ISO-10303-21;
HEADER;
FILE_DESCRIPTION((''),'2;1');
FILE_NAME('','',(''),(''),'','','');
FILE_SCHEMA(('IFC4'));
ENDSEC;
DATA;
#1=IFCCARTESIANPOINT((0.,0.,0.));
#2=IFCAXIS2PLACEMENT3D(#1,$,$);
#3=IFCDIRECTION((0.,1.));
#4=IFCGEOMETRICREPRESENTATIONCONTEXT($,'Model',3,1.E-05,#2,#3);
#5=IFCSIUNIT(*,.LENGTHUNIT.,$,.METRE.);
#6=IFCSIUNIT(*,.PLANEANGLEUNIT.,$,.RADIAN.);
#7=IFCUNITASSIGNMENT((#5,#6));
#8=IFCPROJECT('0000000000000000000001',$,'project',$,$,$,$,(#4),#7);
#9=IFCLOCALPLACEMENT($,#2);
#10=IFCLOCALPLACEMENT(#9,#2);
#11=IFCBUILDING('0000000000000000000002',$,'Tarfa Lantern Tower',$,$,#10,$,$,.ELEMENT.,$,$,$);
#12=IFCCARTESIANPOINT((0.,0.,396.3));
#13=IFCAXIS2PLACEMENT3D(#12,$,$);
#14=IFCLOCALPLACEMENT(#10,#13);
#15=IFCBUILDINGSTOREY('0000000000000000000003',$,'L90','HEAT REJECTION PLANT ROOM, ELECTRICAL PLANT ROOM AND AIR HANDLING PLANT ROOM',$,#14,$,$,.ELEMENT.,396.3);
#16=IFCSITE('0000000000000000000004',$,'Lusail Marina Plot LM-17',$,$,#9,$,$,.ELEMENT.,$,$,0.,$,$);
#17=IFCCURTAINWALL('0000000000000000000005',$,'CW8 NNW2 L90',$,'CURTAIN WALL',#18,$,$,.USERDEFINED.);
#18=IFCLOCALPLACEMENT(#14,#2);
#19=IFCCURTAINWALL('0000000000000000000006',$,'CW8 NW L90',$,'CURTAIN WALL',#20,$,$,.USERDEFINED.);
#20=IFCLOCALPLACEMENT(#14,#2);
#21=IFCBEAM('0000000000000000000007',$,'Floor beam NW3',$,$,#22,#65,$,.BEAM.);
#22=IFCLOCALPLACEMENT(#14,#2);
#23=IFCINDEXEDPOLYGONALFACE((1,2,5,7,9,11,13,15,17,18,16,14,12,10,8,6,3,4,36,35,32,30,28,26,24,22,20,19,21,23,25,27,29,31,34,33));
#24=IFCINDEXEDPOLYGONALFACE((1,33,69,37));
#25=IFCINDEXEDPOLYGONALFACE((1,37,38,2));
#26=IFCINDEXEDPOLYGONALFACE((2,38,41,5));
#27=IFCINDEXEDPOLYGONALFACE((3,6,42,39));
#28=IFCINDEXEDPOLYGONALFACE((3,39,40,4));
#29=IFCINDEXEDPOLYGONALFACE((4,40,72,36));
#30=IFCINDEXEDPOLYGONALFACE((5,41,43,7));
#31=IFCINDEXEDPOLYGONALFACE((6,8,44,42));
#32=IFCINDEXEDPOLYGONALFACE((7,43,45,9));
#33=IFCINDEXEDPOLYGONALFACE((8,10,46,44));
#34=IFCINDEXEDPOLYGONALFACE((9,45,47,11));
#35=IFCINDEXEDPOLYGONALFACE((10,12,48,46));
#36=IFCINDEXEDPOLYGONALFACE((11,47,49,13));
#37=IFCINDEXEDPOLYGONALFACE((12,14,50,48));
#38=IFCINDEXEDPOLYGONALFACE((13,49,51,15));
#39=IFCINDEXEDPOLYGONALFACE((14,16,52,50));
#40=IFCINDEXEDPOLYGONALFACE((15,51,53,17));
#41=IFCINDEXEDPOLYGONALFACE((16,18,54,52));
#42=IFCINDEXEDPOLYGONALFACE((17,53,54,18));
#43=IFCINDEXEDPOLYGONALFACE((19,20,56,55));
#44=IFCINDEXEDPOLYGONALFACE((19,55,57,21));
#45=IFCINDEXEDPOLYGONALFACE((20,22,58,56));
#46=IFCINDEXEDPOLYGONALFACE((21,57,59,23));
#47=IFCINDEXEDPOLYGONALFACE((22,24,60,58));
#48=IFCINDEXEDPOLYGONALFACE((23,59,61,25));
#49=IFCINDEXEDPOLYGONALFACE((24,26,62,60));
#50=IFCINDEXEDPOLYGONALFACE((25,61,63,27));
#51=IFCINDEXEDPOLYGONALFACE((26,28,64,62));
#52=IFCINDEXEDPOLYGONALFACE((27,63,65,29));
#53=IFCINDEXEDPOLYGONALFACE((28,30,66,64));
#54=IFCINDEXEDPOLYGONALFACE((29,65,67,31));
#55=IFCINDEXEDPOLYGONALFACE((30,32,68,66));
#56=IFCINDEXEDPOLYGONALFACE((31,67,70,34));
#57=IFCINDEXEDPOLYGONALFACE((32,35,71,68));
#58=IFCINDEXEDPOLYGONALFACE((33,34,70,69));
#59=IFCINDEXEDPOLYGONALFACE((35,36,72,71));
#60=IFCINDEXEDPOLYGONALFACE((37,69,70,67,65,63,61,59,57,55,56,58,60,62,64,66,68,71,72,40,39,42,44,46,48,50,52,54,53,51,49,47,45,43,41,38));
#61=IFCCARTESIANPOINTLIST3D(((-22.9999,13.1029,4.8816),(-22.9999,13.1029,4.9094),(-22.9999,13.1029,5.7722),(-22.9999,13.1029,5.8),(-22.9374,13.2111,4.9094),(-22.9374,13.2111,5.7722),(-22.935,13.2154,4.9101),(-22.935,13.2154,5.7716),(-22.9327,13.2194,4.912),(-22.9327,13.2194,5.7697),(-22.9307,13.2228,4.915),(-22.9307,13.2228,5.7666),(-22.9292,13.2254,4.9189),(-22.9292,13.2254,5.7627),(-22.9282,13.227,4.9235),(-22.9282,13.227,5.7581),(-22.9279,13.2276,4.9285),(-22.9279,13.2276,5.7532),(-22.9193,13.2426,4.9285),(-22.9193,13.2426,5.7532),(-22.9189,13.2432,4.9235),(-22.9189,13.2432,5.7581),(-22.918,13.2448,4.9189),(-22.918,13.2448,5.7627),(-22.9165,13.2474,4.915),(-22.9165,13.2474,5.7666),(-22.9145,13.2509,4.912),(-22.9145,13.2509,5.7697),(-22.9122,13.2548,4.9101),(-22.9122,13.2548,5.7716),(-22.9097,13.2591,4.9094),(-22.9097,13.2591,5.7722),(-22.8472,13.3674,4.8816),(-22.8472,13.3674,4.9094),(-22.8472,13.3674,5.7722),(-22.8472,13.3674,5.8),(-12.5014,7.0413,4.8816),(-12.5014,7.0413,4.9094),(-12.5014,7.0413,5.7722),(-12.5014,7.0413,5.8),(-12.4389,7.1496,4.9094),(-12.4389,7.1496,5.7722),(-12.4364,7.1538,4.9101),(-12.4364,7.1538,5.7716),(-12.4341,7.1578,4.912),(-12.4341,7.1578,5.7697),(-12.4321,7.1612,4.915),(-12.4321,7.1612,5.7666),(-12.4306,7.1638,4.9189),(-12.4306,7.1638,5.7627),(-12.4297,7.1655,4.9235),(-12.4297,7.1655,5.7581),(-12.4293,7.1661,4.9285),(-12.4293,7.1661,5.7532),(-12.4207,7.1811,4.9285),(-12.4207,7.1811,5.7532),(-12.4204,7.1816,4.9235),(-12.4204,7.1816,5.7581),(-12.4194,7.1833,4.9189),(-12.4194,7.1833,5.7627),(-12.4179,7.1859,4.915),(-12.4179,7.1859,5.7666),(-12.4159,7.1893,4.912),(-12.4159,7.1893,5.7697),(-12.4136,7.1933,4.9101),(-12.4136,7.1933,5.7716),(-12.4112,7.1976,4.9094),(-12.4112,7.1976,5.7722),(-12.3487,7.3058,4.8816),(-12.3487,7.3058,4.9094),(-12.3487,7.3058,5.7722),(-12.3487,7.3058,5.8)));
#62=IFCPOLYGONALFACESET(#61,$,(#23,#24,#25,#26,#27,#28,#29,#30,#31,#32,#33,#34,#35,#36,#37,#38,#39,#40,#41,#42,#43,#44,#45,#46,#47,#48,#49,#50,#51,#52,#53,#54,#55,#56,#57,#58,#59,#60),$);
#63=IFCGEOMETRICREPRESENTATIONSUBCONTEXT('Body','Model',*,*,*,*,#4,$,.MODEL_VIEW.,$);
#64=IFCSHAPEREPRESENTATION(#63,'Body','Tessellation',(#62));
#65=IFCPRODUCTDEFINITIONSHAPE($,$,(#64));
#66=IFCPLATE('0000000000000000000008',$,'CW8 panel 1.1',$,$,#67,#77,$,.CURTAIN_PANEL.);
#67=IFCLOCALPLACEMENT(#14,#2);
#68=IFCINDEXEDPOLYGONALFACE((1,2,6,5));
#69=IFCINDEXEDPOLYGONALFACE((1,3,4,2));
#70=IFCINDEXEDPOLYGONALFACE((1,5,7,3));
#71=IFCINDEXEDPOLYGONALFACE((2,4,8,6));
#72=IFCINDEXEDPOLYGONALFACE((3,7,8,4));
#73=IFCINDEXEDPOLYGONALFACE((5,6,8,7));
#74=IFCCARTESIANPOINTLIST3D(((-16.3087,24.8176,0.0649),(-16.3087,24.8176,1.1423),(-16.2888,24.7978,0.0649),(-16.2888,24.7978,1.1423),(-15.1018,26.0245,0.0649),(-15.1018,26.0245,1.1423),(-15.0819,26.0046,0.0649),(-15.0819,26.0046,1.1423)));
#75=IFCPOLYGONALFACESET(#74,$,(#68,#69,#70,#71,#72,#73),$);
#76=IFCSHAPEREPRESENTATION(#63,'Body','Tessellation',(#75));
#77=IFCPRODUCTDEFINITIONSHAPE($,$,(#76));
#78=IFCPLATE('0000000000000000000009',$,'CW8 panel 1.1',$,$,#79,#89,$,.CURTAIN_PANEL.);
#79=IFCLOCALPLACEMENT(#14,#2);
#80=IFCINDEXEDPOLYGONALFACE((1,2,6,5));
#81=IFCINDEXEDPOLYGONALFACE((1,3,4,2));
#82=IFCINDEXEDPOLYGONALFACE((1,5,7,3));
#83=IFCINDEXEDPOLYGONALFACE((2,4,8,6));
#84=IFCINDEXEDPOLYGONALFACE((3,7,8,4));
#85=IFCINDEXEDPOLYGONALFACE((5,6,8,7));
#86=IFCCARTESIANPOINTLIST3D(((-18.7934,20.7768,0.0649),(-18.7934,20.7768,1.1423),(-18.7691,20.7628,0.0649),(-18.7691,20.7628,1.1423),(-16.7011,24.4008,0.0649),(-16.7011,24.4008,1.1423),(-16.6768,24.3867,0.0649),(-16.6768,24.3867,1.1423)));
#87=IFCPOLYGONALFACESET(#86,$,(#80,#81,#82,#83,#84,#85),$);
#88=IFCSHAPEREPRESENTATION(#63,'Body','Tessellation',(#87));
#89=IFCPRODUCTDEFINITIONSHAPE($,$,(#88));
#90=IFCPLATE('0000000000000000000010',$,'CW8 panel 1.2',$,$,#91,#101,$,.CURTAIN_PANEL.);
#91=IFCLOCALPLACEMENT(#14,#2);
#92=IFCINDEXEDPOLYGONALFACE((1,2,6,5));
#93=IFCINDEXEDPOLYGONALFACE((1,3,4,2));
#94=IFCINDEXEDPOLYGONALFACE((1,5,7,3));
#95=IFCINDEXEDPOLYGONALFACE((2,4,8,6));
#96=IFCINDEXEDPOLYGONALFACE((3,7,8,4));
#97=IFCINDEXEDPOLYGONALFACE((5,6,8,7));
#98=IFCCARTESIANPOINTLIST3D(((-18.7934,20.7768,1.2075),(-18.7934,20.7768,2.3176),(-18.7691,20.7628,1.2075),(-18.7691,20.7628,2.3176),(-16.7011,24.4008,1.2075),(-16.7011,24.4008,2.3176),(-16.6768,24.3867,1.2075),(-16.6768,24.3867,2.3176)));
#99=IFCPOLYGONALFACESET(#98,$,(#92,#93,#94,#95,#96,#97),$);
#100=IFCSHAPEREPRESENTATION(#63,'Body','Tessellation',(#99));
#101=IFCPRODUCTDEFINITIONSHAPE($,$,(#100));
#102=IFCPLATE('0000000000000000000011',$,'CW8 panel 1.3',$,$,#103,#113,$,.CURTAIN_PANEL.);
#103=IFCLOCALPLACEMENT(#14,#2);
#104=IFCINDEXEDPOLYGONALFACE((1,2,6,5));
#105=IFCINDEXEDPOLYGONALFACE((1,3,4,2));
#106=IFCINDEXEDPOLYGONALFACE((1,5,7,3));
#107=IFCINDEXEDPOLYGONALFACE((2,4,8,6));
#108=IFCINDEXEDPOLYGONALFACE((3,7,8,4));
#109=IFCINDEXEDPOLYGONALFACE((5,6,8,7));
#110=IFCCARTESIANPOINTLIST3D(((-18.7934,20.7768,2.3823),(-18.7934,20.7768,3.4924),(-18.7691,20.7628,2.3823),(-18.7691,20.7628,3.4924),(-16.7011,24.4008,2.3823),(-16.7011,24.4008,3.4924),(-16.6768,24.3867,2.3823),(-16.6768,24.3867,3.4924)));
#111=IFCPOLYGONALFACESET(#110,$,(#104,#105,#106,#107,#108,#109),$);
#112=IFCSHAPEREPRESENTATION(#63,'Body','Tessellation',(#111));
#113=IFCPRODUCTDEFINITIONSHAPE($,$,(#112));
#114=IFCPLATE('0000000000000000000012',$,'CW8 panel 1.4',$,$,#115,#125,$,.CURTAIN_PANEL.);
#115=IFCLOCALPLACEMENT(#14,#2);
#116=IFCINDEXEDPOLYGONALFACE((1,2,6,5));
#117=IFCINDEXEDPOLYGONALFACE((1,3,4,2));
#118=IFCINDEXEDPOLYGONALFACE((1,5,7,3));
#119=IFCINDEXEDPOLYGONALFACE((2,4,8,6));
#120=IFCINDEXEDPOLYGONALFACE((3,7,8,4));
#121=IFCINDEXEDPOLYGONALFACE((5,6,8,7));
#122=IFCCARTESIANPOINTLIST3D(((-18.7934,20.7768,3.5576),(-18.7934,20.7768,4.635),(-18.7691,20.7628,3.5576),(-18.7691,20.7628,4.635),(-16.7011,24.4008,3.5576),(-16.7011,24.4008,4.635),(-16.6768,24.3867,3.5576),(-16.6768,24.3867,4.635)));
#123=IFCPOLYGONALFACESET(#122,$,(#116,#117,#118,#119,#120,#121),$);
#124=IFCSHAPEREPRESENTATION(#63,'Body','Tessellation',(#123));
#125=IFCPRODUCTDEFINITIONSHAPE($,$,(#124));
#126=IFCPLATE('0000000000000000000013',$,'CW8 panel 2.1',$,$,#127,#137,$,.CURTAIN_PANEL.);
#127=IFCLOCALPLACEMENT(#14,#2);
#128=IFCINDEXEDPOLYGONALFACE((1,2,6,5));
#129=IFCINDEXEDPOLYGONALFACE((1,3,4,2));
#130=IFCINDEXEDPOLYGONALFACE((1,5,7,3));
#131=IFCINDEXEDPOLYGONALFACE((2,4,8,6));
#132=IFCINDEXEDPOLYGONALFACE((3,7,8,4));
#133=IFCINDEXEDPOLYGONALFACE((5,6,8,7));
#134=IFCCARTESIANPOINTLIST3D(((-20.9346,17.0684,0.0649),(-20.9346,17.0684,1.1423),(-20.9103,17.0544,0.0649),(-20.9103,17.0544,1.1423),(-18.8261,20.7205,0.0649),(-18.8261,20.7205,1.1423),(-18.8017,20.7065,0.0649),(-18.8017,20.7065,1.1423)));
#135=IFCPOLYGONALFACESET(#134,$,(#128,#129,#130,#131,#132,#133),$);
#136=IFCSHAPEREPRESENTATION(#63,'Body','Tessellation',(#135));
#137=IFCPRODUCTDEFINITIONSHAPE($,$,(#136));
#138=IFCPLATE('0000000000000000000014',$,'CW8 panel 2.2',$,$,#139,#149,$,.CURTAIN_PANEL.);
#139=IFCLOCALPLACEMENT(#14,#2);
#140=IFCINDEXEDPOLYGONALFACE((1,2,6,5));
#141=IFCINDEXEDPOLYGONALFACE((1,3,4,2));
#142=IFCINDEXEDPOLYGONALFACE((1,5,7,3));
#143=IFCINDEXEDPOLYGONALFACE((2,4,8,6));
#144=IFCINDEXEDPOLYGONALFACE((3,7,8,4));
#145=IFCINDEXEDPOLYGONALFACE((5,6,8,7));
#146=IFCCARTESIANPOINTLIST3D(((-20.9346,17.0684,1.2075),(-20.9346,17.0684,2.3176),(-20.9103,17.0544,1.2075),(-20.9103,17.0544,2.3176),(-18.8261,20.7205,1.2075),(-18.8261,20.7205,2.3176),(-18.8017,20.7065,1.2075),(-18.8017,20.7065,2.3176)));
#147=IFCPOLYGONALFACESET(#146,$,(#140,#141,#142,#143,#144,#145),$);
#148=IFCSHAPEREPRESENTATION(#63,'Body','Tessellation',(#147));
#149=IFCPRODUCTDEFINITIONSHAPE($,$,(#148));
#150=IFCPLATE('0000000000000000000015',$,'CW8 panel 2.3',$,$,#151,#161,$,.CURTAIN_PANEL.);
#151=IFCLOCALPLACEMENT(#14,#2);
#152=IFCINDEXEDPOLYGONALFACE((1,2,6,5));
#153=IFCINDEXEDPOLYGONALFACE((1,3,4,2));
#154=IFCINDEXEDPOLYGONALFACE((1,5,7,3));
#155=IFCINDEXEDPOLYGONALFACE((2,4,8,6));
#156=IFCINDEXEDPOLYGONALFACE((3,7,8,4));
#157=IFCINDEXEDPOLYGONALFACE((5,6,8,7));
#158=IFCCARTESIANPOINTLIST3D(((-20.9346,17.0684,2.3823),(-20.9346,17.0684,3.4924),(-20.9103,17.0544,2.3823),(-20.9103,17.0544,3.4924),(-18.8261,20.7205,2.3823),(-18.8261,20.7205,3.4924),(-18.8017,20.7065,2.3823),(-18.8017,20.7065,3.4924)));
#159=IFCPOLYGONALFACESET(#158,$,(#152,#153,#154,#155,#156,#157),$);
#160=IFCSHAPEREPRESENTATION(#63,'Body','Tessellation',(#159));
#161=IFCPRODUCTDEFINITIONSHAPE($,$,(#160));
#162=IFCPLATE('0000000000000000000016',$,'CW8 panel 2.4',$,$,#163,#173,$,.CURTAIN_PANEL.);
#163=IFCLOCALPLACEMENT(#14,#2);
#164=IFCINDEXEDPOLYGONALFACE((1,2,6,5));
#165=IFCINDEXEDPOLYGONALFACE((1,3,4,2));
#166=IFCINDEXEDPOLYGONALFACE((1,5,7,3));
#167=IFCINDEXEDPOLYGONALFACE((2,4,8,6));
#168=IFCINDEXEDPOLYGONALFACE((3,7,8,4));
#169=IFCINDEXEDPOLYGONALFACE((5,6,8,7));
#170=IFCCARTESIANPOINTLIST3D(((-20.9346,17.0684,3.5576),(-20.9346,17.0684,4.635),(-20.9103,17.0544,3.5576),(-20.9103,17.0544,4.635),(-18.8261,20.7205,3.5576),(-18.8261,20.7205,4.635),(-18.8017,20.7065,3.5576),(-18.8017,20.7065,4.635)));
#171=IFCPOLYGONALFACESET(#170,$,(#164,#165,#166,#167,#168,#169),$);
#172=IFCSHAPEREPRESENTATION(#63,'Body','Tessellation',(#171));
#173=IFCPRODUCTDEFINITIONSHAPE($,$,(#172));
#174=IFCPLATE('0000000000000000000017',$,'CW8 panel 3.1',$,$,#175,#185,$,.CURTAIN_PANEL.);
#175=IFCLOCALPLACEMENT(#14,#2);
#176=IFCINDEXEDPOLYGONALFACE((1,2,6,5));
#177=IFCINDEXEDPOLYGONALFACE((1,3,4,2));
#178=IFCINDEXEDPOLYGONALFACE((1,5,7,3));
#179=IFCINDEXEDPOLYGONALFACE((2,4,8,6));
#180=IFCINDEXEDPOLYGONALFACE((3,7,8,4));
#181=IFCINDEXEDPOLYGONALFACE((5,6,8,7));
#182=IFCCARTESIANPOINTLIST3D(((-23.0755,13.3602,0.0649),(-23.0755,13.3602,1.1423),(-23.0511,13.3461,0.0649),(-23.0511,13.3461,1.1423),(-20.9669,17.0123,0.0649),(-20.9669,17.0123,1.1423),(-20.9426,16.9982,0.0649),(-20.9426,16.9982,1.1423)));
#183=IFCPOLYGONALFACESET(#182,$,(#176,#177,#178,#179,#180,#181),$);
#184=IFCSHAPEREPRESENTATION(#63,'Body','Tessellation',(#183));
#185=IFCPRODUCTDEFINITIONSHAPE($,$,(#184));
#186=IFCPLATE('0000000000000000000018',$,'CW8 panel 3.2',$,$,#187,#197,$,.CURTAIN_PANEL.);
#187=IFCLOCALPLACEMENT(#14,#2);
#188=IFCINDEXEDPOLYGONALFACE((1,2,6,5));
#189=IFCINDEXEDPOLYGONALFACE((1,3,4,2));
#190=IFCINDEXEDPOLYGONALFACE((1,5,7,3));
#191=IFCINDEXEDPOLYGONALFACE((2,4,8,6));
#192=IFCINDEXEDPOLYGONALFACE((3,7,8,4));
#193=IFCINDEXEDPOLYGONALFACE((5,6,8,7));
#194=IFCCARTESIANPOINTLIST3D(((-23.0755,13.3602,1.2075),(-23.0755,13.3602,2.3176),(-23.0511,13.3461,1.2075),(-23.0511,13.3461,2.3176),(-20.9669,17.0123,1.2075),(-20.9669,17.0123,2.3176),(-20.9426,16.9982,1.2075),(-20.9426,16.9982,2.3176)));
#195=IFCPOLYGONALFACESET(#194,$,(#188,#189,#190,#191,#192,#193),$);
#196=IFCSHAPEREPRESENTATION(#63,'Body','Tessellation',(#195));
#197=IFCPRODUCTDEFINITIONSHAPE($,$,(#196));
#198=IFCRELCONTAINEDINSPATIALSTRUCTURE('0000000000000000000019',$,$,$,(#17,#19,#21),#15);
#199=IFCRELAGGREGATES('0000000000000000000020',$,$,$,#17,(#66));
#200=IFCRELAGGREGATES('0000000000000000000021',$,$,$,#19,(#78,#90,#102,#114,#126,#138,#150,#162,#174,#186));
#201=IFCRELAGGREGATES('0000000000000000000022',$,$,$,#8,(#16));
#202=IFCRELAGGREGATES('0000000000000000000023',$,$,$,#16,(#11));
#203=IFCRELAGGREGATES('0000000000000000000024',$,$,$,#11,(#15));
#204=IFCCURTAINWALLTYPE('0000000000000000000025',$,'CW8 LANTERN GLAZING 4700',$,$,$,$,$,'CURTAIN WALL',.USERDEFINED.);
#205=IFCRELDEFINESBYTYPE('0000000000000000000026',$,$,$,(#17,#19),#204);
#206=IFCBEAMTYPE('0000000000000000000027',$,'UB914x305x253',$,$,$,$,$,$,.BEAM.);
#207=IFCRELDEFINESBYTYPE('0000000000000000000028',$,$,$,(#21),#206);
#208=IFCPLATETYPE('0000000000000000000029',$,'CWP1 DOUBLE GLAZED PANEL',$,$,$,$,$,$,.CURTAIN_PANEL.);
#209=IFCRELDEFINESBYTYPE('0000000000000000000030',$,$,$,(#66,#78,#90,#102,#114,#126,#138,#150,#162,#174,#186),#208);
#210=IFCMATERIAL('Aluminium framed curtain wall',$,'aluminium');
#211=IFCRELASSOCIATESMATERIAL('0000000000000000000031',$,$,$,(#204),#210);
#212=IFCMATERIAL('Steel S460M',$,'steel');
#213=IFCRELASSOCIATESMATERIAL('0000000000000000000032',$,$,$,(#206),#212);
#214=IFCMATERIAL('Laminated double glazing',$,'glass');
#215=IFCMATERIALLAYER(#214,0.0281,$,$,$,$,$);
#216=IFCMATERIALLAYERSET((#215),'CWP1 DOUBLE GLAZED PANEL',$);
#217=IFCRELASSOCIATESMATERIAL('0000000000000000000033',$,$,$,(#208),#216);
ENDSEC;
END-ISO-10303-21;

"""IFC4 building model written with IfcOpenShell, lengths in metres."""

from ifc_helpers import new_model, si_unit, direction, frame, origin, origin_2d, place, context, subcontext, project, spatial, rectangle, i_section, extrude, material, layer, layer_set, material_profile, profile_set, type_object, element, aggregate, save


model = new_model("IFC4")

# Units and contexts
model_context = context("Model", 3, precision=1e-05, world=origin(), true_north=direction((0.0, 1.0)))
body_context = subcontext(model_context, "Body", "Model", "MODEL_VIEW")
ifc_project = project(units=[si_unit("LENGTHUNIT", "METRE"), si_unit("PLANEANGLEUNIT", "RADIAN")], contexts=[model_context])

# Site, building, storey
site_placement = place(None, origin())
site = spatial("IfcSite", under=ifc_project, at=site_placement, Name="Lusail Marina Plot LM-17", CompositionType="ELEMENT", RefElevation=0.0)
building_placement = place(site_placement, origin())
building = spatial("IfcBuilding", under=site, at=building_placement, Name="Tarfa Lantern Tower", CompositionType="ELEMENT")
storey_placement = place(building_placement, frame((0.0, 0.0, 396.3)))
storey = spatial("IfcBuildingStorey", under=building, at=storey_placement, Name="L90", Description="HEAT REJECTION PLANT ROOM, ELECTRICAL PLANT ROOM AND AIR HANDLING PLANT ROOM", CompositionType="ELEMENT", Elevation=396.3)

# Curtain wall
ifc_material_1 = material(Name="Aluminium framed curtain wall", Category="aluminium")
curtain_wall_type = type_object("IfcCurtainWallType", Name="CW8 LANTERN GLAZING 4700", ElementType="CURTAIN WALL", PredefinedType="USERDEFINED", material=ifc_material_1)
curtain_wall_1_placement = place(storey_placement, origin())
curtain_wall_1 = element("IfcCurtainWall", 1, at=curtain_wall_1_placement, inside=storey, type_object=curtain_wall_type, Name="CW8 NNW2 L90", ObjectType="CURTAIN WALL", PredefinedType="USERDEFINED")

# Curtain wall
curtain_wall_2_placement = place(storey_placement, origin())
curtain_wall_2 = element("IfcCurtainWall", 2, at=curtain_wall_2_placement, inside=storey, type_object=curtain_wall_type, Name="CW8 NW L90", ObjectType="CURTAIN WALL", PredefinedType="USERDEFINED")

# Beam
ifc_material_2 = material(Name="Steel S460M", Category="steel")
ifc_material_profile_1 = material_profile(ifc_material_2, i_section(OverallWidth=0.3054, OverallDepth=0.9185, WebThickness=0.0173, FlangeThickness=0.0278, FilletRadius=0.019, at=origin_2d()), Name="UB914x305x253")
ifc_profile_set_1 = profile_set([ifc_material_profile_1], Name="Steel S460M")
beam_type_1 = type_object("IfcBeamType", Name="UB914x305x253", PredefinedType="BEAM", material=ifc_profile_set_1)
beam_1_placement = place(storey_placement, frame((-22.9236, 13.2351, 5.3408), z_axis=(0.866019, -0.500012, 0.0), x_axis=(0.500012, 0.866019, 0.0)))
element("IfcBeam", 3, at=beam_1_placement, inside=storey, type_object=beam_type_1, Name="Floor beam NW3", PredefinedType="BEAM", context=body_context, shape_type="SweptSolid", body=[
    extrude(i_section(OverallWidth=0.3054, OverallDepth=0.9185, WebThickness=0.0173, FlangeThickness=0.0278, FilletRadius=0.019, at=origin_2d()), origin(), (0.0, 0.0, 1.0), 12.1228),
])

# Plates
ifc_material_3 = material(Name="Laminated double glazing", Category="glass")
ifc_layer = layer(ifc_material_3, 0.0281)
ifc_layer_set = layer_set([ifc_layer], Name="CWP1 DOUBLE GLAZED PANEL")
plate_type = type_object("IfcPlateType", Name="CWP1 DOUBLE GLAZED PANEL", PredefinedType="CURTAIN_PANEL", material=ifc_layer_set)
plate_1_placement = place(storey_placement, frame((-15.6953, 25.4111, 0.0649), z_axis=(0.0, 0.0, 1.0), x_axis=(-0.707107, -0.707107, 0.0)))
plate_1 = element("IfcPlate", 4, at=plate_1_placement, type_object=plate_type, Name="CW8 panel 1.1", PredefinedType="CURTAIN_PANEL", context=body_context, shape_type="SweptSolid", body=[
    extrude(rectangle(XDim=1.7068, YDim=0.0281, at=origin_2d()), origin(), (0.0, 0.0, 1.0), 1.0774),
])
aggregate(curtain_wall_1, [plate_1])
plate_2_placement = place(storey_placement, frame((-17.7351, 22.5818, 0.0649), z_axis=(0.0, 0.0, 1.0), x_axis=(-0.5, -0.866025, 0.0)))
plate_2 = element("IfcPlate", 5, at=plate_2_placement, type_object=plate_type, Name="CW8 panel 1.1", PredefinedType="CURTAIN_PANEL", context=body_context, shape_type="SweptSolid", body=[
    extrude(rectangle(XDim=4.1846, YDim=0.0281, at=origin_2d()), origin(), (0.0, 0.0, 1.0), 1.0774),
])
plate_3_placement = place(storey_placement, frame((-17.7351, 22.5818, 1.2075), z_axis=(0.0, 0.0, 1.0), x_axis=(-0.5, -0.866025, 0.0)))
plate_3 = element("IfcPlate", 6, at=plate_3_placement, type_object=plate_type, Name="CW8 panel 1.2", PredefinedType="CURTAIN_PANEL", context=body_context, shape_type="SweptSolid", body=[
    extrude(rectangle(XDim=4.1846, YDim=0.0281, at=origin_2d()), origin(), (0.0, 0.0, 1.0), 1.1101),
])
plate_4_placement = place(storey_placement, frame((-17.7351, 22.5818, 2.3823), z_axis=(0.0, 0.0, 1.0), x_axis=(-0.5, -0.866025, 0.0)))
plate_4 = element("IfcPlate", 7, at=plate_4_placement, type_object=plate_type, Name="CW8 panel 1.3", PredefinedType="CURTAIN_PANEL", context=body_context, shape_type="SweptSolid", body=[
    extrude(rectangle(XDim=4.1846, YDim=0.0281, at=origin_2d()), origin(), (0.0, 0.0, 1.0), 1.1101),
])
plate_5_placement = place(storey_placement, frame((-17.7351, 22.5818, 3.5576), z_axis=(0.0, 0.0, 1.0), x_axis=(-0.5, -0.866025, 0.0)))
plate_5 = element("IfcPlate", 8, at=plate_5_placement, type_object=plate_type, Name="CW8 panel 1.4", PredefinedType="CURTAIN_PANEL", context=body_context, shape_type="SweptSolid", body=[
    extrude(rectangle(XDim=4.1846, YDim=0.0281, at=origin_2d()), origin(), (0.0, 0.0, 1.0), 1.0774),
])
plate_6_placement = place(storey_placement, frame((-19.8682, 18.8875, 0.0649), z_axis=(0.0, 0.0, 1.0), x_axis=(-0.5, -0.866025, 0.0)))
plate_6 = element("IfcPlate", 9, at=plate_6_placement, type_object=plate_type, Name="CW8 panel 2.1", PredefinedType="CURTAIN_PANEL", context=body_context, shape_type="SweptSolid", body=[
    extrude(rectangle(XDim=4.217, YDim=0.0281, at=origin_2d()), origin(), (0.0, 0.0, 1.0), 1.0774),
])
plate_7_placement = place(storey_placement, frame((-19.8682, 18.8875, 1.2075), z_axis=(0.0, 0.0, 1.0), x_axis=(-0.5, -0.866025, 0.0)))
plate_7 = element("IfcPlate", 10, at=plate_7_placement, type_object=plate_type, Name="CW8 panel 2.2", PredefinedType="CURTAIN_PANEL", context=body_context, shape_type="SweptSolid", body=[
    extrude(rectangle(XDim=4.217, YDim=0.0281, at=origin_2d()), origin(), (0.0, 0.0, 1.0), 1.1101),
])
plate_8_placement = place(storey_placement, frame((-19.8682, 18.8875, 2.3823), z_axis=(0.0, 0.0, 1.0), x_axis=(-0.5, -0.866025, 0.0)))
plate_8 = element("IfcPlate", 11, at=plate_8_placement, type_object=plate_type, Name="CW8 panel 2.3", PredefinedType="CURTAIN_PANEL", context=body_context, shape_type="SweptSolid", body=[
    extrude(rectangle(XDim=4.217, YDim=0.0281, at=origin_2d()), origin(), (0.0, 0.0, 1.0), 1.1101),
])
plate_9_placement = place(storey_placement, frame((-19.8682, 18.8875, 3.5576), z_axis=(0.0, 0.0, 1.0), x_axis=(-0.5, -0.866025, 0.0)))
plate_9 = element("IfcPlate", 12, at=plate_9_placement, type_object=plate_type, Name="CW8 panel 2.4", PredefinedType="CURTAIN_PANEL", context=body_context, shape_type="SweptSolid", body=[
    extrude(rectangle(XDim=4.217, YDim=0.0281, at=origin_2d()), origin(), (0.0, 0.0, 1.0), 1.0774),
])
plate_10_placement = place(storey_placement, frame((-22.009, 15.1792, 0.0649), z_axis=(0.0, 0.0, 1.0), x_axis=(-0.5, -0.866025, 0.0)))
plate_10 = element("IfcPlate", 13, at=plate_10_placement, type_object=plate_type, Name="CW8 panel 3.1", PredefinedType="CURTAIN_PANEL", context=body_context, shape_type="SweptSolid", body=[
    extrude(rectangle(XDim=4.217, YDim=0.0281, at=origin_2d()), origin(), (0.0, 0.0, 1.0), 1.0774),
])
plate_11_placement = place(storey_placement, frame((-22.009, 15.1792, 1.2075), z_axis=(0.0, 0.0, 1.0), x_axis=(-0.5, -0.866025, 0.0)))
plate_11 = element("IfcPlate", 14, at=plate_11_placement, type_object=plate_type, Name="CW8 panel 3.2", PredefinedType="CURTAIN_PANEL", context=body_context, shape_type="SweptSolid", body=[
    extrude(rectangle(XDim=4.217, YDim=0.0281, at=origin_2d()), origin(), (0.0, 0.0, 1.0), 1.1101),
])
aggregate(curtain_wall_2, [plate_2, plate_3, plate_4, plate_5, plate_6, plate_7, plate_8, plate_9, plate_10, plate_11])

save(model, "model.ifc")
